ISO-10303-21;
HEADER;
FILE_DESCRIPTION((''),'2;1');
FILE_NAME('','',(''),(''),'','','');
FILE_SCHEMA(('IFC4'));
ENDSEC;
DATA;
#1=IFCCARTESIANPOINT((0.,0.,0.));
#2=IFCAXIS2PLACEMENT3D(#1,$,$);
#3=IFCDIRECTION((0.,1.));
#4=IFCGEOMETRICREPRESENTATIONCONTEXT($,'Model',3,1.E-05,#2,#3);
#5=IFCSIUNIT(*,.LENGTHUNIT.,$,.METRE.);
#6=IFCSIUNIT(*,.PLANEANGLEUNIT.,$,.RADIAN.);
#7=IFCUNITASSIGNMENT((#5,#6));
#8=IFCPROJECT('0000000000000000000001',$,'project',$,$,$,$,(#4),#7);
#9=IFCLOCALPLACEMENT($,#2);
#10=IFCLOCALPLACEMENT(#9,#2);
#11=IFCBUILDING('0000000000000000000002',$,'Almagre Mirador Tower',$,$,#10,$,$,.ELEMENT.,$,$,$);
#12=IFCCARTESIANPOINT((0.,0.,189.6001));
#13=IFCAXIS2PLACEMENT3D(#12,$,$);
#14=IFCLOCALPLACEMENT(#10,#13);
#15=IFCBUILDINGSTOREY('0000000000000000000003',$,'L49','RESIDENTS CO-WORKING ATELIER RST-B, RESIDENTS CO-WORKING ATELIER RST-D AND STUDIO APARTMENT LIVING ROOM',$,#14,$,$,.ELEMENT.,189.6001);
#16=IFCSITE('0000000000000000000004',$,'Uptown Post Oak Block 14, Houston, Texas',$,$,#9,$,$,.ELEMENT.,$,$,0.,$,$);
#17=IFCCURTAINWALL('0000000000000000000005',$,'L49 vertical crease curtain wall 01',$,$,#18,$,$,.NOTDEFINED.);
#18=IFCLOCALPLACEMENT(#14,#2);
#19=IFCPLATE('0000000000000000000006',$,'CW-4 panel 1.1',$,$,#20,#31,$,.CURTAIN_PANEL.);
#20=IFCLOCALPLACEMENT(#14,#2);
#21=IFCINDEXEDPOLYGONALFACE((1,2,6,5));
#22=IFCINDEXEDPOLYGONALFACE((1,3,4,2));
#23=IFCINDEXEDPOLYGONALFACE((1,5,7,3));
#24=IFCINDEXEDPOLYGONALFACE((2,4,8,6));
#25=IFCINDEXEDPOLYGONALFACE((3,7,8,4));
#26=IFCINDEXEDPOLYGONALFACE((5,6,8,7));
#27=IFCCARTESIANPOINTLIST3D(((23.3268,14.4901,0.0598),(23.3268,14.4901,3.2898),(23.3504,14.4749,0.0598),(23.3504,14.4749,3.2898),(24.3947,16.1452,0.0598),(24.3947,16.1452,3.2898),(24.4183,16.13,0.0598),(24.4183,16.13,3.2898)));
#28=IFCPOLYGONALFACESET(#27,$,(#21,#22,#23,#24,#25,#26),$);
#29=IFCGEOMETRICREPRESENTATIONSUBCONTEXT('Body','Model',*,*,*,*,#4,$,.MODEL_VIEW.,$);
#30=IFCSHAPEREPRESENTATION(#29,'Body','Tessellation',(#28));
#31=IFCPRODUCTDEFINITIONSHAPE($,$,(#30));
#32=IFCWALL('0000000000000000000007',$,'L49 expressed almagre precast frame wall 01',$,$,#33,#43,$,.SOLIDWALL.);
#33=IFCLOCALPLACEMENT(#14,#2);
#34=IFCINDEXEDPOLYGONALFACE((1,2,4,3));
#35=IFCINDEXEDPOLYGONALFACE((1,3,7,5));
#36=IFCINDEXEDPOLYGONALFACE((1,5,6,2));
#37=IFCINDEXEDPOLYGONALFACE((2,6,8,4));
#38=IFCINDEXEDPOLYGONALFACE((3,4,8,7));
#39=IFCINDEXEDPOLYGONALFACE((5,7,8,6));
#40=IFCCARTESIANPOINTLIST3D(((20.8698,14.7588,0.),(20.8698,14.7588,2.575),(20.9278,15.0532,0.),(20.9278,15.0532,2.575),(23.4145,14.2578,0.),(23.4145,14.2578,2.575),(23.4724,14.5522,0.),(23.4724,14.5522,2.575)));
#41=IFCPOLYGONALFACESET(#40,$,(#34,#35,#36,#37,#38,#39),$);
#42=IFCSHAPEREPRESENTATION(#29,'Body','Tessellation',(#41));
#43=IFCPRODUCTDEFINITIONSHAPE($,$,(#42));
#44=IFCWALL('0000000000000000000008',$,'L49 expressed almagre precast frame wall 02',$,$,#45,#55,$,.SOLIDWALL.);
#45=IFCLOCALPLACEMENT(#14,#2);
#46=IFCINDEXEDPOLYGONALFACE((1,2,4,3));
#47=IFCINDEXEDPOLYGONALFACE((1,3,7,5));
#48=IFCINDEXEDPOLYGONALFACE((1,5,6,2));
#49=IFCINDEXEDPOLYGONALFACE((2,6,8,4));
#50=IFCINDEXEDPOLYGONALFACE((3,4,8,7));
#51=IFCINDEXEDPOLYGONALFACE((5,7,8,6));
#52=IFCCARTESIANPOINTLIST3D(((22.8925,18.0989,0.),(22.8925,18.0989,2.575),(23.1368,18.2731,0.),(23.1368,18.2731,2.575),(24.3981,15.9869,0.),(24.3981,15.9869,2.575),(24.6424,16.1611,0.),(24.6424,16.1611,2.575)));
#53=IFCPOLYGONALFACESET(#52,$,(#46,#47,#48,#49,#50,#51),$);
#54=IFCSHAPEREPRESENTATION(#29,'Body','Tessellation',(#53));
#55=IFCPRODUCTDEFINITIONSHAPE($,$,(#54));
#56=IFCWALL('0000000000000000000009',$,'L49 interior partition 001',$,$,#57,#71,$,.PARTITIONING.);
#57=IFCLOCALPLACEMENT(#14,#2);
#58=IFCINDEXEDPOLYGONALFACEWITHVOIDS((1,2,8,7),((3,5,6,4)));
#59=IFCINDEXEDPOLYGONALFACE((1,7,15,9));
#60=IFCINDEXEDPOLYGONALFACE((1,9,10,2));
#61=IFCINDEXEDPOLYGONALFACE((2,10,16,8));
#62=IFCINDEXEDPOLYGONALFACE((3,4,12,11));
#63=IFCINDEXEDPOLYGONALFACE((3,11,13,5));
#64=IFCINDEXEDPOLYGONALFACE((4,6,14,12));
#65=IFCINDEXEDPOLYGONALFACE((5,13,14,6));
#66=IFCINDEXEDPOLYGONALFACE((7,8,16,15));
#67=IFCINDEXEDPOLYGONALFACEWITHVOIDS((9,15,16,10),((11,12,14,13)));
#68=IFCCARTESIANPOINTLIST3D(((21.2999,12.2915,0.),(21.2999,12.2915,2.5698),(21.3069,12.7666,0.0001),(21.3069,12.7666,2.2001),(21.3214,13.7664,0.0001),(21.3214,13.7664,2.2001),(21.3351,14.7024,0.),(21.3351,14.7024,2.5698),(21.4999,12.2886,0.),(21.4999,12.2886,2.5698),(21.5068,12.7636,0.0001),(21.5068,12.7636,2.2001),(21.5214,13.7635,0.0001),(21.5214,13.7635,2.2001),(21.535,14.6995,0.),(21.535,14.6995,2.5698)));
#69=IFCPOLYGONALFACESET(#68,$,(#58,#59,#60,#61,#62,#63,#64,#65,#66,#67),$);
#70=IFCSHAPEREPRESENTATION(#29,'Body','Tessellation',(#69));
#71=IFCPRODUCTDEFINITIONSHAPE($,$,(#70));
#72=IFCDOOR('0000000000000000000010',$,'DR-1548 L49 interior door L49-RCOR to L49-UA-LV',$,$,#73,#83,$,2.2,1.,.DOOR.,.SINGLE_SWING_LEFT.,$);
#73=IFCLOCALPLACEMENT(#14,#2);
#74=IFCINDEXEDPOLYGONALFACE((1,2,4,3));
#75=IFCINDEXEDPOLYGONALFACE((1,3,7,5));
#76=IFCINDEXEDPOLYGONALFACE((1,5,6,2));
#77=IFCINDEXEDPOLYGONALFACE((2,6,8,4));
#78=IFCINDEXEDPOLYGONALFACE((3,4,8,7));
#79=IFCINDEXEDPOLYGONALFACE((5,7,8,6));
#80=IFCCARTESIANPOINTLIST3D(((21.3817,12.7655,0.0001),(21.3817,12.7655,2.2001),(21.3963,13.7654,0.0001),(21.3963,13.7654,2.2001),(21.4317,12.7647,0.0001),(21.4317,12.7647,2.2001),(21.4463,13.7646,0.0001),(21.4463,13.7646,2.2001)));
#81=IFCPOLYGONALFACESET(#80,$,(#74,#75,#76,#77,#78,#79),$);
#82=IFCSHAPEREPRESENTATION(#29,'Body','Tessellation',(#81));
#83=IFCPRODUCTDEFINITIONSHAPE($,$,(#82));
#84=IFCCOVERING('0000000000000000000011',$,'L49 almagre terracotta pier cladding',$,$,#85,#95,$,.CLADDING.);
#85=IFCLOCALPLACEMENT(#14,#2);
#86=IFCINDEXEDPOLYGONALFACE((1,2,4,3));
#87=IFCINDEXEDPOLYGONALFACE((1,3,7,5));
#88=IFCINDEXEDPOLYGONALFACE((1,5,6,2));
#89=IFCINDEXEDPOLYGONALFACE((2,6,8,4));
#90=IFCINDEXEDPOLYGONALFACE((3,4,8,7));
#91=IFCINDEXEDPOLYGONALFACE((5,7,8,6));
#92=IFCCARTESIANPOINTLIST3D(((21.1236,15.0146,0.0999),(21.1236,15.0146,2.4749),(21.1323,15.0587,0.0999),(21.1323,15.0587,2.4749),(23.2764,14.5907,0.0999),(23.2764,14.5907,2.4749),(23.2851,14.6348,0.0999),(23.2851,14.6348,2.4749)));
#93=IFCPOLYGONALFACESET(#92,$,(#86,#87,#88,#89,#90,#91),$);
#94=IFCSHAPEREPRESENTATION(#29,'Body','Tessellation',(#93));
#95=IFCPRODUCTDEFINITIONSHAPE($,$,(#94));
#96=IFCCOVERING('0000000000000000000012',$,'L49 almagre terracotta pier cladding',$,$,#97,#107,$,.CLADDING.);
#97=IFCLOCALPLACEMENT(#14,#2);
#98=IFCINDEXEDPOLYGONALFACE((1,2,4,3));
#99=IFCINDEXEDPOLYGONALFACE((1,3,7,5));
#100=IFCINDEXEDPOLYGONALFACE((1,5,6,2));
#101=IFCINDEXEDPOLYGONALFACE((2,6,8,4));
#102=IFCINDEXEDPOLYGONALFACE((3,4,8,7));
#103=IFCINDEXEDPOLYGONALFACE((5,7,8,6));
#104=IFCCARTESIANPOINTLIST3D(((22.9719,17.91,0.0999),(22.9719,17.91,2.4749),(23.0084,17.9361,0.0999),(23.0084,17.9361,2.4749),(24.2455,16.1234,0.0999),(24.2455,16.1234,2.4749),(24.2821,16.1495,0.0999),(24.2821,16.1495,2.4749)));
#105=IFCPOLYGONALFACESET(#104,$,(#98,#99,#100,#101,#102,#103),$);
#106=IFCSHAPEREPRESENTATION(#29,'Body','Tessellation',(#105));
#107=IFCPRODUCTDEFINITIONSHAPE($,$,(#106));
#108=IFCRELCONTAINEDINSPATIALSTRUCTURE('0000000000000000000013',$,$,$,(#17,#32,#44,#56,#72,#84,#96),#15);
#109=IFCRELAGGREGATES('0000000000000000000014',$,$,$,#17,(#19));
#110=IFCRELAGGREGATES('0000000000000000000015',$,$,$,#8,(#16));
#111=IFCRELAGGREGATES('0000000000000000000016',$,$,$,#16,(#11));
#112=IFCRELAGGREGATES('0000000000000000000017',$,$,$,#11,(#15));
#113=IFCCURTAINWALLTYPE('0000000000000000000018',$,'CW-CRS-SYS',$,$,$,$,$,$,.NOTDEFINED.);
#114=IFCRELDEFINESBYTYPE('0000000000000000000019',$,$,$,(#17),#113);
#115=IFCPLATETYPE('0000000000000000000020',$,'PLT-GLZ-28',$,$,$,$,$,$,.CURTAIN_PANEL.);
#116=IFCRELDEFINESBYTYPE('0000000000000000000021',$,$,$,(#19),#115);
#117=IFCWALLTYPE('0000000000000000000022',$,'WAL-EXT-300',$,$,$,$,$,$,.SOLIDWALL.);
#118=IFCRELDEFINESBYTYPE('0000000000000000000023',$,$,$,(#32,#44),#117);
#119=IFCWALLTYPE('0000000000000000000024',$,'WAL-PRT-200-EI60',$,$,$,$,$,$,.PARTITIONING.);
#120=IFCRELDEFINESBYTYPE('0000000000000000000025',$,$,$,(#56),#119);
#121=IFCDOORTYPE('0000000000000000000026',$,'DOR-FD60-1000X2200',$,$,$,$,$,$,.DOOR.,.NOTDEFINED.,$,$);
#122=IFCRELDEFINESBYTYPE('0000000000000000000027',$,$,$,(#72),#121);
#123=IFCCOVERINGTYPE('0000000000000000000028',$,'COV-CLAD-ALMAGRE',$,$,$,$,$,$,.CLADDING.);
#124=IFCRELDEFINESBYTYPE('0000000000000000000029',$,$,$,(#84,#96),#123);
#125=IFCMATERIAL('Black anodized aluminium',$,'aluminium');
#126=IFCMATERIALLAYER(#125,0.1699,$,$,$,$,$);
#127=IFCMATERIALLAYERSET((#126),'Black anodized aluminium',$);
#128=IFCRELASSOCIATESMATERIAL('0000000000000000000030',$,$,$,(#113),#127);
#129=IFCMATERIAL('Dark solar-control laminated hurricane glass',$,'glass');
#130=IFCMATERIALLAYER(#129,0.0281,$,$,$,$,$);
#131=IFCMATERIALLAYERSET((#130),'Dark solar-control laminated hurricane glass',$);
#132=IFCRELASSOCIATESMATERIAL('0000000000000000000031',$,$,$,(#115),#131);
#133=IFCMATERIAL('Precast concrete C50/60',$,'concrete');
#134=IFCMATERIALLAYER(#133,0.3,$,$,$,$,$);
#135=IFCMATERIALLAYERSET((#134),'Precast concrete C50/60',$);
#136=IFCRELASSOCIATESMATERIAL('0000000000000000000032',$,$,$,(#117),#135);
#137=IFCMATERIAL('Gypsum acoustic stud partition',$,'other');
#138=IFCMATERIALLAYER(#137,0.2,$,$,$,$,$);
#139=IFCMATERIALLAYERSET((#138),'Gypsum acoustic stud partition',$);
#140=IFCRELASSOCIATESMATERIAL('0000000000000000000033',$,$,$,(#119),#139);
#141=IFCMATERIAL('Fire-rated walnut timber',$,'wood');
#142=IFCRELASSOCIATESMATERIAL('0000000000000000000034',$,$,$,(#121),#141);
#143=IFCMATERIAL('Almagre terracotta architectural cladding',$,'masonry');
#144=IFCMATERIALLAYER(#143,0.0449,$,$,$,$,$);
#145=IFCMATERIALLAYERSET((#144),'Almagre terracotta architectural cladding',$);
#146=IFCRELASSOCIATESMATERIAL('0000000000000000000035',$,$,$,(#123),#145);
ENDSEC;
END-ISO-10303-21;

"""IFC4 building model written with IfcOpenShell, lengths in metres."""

from ifc_helpers import new_model, si_unit, direction, frame, frame_2d, origin, origin_2d, place, context, subcontext, project, spatial, rectangle, extrude, material, layer, layer_set, type_object, element, fill, aggregate, save


model = new_model("IFC4")

# Units and contexts
model_context = context("Model", 3, precision=1e-05, world=origin(), true_north=direction((0.0, 1.0)))
body_context = subcontext(model_context, "Body", "Model", "MODEL_VIEW")
ifc_project = project(units=[si_unit("LENGTHUNIT", "METRE"), si_unit("PLANEANGLEUNIT", "RADIAN")], contexts=[model_context])

# Site, building, storey
site_placement = place(None, origin())
site = spatial("IfcSite", under=ifc_project, at=site_placement, Name="Uptown Post Oak Block 14, Houston, Texas", CompositionType="ELEMENT", RefElevation=0.0)
building_placement = place(site_placement, origin())
building = spatial("IfcBuilding", under=site, at=building_placement, Name="Almagre Mirador Tower", CompositionType="ELEMENT")
storey_placement = place(building_placement, frame((0.0, 0.0, 189.6001)))
storey = spatial("IfcBuildingStorey", under=building, at=storey_placement, Name="L49", Description="RESIDENTS CO-WORKING ATELIER RST-B, RESIDENTS CO-WORKING ATELIER RST-D AND STUDIO APARTMENT LIVING ROOM", CompositionType="ELEMENT", Elevation=189.6001)

# Curtain wall
ifc_material_1 = material(Name="Black anodized aluminium", Category="aluminium")
ifc_layer_1 = layer(ifc_material_1, 0.1699)
ifc_layer_set_1 = layer_set([ifc_layer_1], Name="Black anodized aluminium")
curtain_wall_type_1 = type_object("IfcCurtainWallType", Name="CW-CRS-SYS", PredefinedType="NOTDEFINED", material=ifc_layer_set_1)
curtain_wall_1_placement = place(storey_placement, origin())
curtain_wall_1 = element("IfcCurtainWall", 1, at=curtain_wall_1_placement, inside=storey, type_object=curtain_wall_type_1, Name="L49 vertical crease curtain wall 01", PredefinedType="NOTDEFINED")

# Plate
ifc_material_2 = material(Name="Dark solar-control laminated hurricane glass", Category="glass")
ifc_layer_2 = layer(ifc_material_2, 0.0281)
ifc_layer_set_2 = layer_set([ifc_layer_2], Name="Dark solar-control laminated hurricane glass")
plate_type = type_object("IfcPlateType", Name="PLT-GLZ-28", PredefinedType="CURTAIN_PANEL", material=ifc_layer_set_2)
plate_placement = place(storey_placement, frame((23.8726, 15.3101, 0.0598), z_axis=(0.0, 0.0, 1.0), x_axis=(0.54216, 0.840276, 0.0)))
plate = element("IfcPlate", 2, at=plate_placement, type_object=plate_type, Name="CW-4 panel 1.1", PredefinedType="CURTAIN_PANEL", context=body_context, shape_type="SweptSolid", body=[
    extrude(rectangle(XDim=1.9697, YDim=0.0281, at=origin_2d()), origin(), (0.0, 0.0, 1.0), 3.23),
])
aggregate(curtain_wall_1, [plate])

# Walls
ifc_material_3 = material(Name="Precast concrete C50/60", Category="concrete")
ifc_layer_3 = layer(ifc_material_3, 0.3)
ifc_layer_set_3 = layer_set([ifc_layer_3], Name="Precast concrete C50/60")
wall_type_1 = type_object("IfcWallType", Name="WAL-EXT-300", PredefinedType="SOLIDWALL", material=ifc_layer_set_3)
wall_1_placement = place(storey_placement, frame((20.8987, 14.906, 0.0), z_axis=(0.0, 0.0, 1.0), x_axis=(0.981166, -0.193164, 0.0)))
element("IfcWall", 3, at=wall_1_placement, inside=storey, type_object=wall_type_1, Name="L49 expressed almagre precast frame wall 01", PredefinedType="SOLIDWALL", context=body_context, shape_type="SweptSolid", body=[
    extrude(rectangle(XDim=2.5935, YDim=0.3, at=frame_2d((1.2969, 0.0))), origin(), (0.0, 0.0, 1.0), 2.575),
])
wall_2_placement = place(storey_placement, frame((24.5203, 16.074, 0.0), z_axis=(0.0, 0.0, 1.0), x_axis=(-0.580472, 0.81428, 0.0)))
element("IfcWall", 4, at=wall_2_placement, inside=storey, type_object=wall_type_1, Name="L49 expressed almagre precast frame wall 02", PredefinedType="SOLIDWALL", context=body_context, shape_type="SweptSolid", body=[
    extrude(rectangle(XDim=2.5938, YDim=0.3, at=frame_2d((1.2969, 0.0))), origin(), (0.0, 0.0, 1.0), 2.575),
])

# Wall, opening, door
ifc_material_4 = material(Name="Gypsum acoustic stud partition", Category="other")
ifc_layer_4 = layer(ifc_material_4, 0.2)
ifc_layer_set_4 = layer_set([ifc_layer_4], Name="Gypsum acoustic stud partition")
wall_type_2 = type_object("IfcWallType", Name="WAL-PRT-200-EI60", PredefinedType="PARTITIONING", material=ifc_layer_set_4)
wall_3_placement = place(storey_placement, frame((21.4351, 14.7009, 0.0), z_axis=(0.0, 0.0, 1.0), x_axis=(-0.014581, -0.999894, 0.0)))
wall_3 = element("IfcWall", 5, at=wall_3_placement, inside=storey, type_object=wall_type_2, Name="L49 interior partition 001", PredefinedType="PARTITIONING", context=body_context, shape_type="SweptSolid", body=[
    extrude(rectangle(XDim=2.4111, YDim=0.2, at=frame_2d((1.2056, 0.0))), origin(), (0.0, 0.0, 1.0), 2.5698),
])
opening_placement = place(wall_3_placement, frame((0.936, 0.0, 0.0)))
opening = element("IfcOpeningElement", 6, at=opening_placement, cuts=wall_3, PredefinedType="OPENING", context=body_context, shape_type="SweptSolid", body=[
    extrude(rectangle(XDim=1.0, YDim=2.2, at=frame_2d((0.5, 1.1001))), frame((0.0, 0.1101, 0.0), z_axis=(0.0, -1.0, 0.0), x_axis=(1.0, 0.0, 0.0)), (0.0, 0.0, 1.0), 0.22),
])
ifc_material_5 = material(Name="Fire-rated walnut timber", Category="wood")
door_type = type_object("IfcDoorType", Name="DOR-FD60-1000X2200", OperationType="NOTDEFINED", PredefinedType="DOOR", material=ifc_material_5)
door_placement = place(opening_placement, origin())
door = element("IfcDoor", 7, at=door_placement, inside=storey, type_object=door_type, Name="DR-1548 L49 interior door L49-RCOR to L49-UA-LV", OperationType="SINGLE_SWING_LEFT", OverallHeight=2.2, OverallWidth=1.0, PredefinedType="DOOR", context=body_context, shape_type="SweptSolid", body=[
    extrude(rectangle(XDim=1.0, YDim=2.2, at=frame_2d((0.5, 1.1001))), frame((0.0, 0.0249, 0.0), z_axis=(0.0, -1.0, 0.0), x_axis=(1.0, 0.0, 0.0)), (0.0, 0.0, 1.0), 0.05),
])
fill(opening, door)

# Coverings
ifc_material_6 = material(Name="Almagre terracotta architectural cladding", Category="masonry")
ifc_layer_5 = layer(ifc_material_6, 0.0449)
ifc_layer_set_5 = layer_set([ifc_layer_5], Name="Almagre terracotta architectural cladding")
covering_type = type_object("IfcCoveringType", Name="COV-CLAD-ALMAGRE", PredefinedType="CLADDING", material=ifc_layer_set_5)
for number, where, z_axis, x_axis, name in (
    (8, (22.2043, 14.8247, 0.0999), (0.0, 0.0, 1.0), (0.981165, -0.193173, 0.0), "L49 almagre terracotta pier cladding"),
    (9, (23.627, 17.0298, 0.0999), (0.0, 0.0, 1.0), (-0.580476, 0.814278, 0.0), "L49 almagre terracotta pier cladding"),
):
    element("IfcCovering", number, at=place(storey_placement, frame(where, z_axis=z_axis, x_axis=x_axis)), inside=storey, type_object=covering_type, Name=name, PredefinedType="CLADDING", context=body_context, shape_type="SweptSolid", body=[
        extrude(rectangle(XDim=2.1941, YDim=0.0449, at=origin_2d()), origin(), (0.0, 0.0, 1.0), 2.375),
    ])

save(model, "model.ifc")
